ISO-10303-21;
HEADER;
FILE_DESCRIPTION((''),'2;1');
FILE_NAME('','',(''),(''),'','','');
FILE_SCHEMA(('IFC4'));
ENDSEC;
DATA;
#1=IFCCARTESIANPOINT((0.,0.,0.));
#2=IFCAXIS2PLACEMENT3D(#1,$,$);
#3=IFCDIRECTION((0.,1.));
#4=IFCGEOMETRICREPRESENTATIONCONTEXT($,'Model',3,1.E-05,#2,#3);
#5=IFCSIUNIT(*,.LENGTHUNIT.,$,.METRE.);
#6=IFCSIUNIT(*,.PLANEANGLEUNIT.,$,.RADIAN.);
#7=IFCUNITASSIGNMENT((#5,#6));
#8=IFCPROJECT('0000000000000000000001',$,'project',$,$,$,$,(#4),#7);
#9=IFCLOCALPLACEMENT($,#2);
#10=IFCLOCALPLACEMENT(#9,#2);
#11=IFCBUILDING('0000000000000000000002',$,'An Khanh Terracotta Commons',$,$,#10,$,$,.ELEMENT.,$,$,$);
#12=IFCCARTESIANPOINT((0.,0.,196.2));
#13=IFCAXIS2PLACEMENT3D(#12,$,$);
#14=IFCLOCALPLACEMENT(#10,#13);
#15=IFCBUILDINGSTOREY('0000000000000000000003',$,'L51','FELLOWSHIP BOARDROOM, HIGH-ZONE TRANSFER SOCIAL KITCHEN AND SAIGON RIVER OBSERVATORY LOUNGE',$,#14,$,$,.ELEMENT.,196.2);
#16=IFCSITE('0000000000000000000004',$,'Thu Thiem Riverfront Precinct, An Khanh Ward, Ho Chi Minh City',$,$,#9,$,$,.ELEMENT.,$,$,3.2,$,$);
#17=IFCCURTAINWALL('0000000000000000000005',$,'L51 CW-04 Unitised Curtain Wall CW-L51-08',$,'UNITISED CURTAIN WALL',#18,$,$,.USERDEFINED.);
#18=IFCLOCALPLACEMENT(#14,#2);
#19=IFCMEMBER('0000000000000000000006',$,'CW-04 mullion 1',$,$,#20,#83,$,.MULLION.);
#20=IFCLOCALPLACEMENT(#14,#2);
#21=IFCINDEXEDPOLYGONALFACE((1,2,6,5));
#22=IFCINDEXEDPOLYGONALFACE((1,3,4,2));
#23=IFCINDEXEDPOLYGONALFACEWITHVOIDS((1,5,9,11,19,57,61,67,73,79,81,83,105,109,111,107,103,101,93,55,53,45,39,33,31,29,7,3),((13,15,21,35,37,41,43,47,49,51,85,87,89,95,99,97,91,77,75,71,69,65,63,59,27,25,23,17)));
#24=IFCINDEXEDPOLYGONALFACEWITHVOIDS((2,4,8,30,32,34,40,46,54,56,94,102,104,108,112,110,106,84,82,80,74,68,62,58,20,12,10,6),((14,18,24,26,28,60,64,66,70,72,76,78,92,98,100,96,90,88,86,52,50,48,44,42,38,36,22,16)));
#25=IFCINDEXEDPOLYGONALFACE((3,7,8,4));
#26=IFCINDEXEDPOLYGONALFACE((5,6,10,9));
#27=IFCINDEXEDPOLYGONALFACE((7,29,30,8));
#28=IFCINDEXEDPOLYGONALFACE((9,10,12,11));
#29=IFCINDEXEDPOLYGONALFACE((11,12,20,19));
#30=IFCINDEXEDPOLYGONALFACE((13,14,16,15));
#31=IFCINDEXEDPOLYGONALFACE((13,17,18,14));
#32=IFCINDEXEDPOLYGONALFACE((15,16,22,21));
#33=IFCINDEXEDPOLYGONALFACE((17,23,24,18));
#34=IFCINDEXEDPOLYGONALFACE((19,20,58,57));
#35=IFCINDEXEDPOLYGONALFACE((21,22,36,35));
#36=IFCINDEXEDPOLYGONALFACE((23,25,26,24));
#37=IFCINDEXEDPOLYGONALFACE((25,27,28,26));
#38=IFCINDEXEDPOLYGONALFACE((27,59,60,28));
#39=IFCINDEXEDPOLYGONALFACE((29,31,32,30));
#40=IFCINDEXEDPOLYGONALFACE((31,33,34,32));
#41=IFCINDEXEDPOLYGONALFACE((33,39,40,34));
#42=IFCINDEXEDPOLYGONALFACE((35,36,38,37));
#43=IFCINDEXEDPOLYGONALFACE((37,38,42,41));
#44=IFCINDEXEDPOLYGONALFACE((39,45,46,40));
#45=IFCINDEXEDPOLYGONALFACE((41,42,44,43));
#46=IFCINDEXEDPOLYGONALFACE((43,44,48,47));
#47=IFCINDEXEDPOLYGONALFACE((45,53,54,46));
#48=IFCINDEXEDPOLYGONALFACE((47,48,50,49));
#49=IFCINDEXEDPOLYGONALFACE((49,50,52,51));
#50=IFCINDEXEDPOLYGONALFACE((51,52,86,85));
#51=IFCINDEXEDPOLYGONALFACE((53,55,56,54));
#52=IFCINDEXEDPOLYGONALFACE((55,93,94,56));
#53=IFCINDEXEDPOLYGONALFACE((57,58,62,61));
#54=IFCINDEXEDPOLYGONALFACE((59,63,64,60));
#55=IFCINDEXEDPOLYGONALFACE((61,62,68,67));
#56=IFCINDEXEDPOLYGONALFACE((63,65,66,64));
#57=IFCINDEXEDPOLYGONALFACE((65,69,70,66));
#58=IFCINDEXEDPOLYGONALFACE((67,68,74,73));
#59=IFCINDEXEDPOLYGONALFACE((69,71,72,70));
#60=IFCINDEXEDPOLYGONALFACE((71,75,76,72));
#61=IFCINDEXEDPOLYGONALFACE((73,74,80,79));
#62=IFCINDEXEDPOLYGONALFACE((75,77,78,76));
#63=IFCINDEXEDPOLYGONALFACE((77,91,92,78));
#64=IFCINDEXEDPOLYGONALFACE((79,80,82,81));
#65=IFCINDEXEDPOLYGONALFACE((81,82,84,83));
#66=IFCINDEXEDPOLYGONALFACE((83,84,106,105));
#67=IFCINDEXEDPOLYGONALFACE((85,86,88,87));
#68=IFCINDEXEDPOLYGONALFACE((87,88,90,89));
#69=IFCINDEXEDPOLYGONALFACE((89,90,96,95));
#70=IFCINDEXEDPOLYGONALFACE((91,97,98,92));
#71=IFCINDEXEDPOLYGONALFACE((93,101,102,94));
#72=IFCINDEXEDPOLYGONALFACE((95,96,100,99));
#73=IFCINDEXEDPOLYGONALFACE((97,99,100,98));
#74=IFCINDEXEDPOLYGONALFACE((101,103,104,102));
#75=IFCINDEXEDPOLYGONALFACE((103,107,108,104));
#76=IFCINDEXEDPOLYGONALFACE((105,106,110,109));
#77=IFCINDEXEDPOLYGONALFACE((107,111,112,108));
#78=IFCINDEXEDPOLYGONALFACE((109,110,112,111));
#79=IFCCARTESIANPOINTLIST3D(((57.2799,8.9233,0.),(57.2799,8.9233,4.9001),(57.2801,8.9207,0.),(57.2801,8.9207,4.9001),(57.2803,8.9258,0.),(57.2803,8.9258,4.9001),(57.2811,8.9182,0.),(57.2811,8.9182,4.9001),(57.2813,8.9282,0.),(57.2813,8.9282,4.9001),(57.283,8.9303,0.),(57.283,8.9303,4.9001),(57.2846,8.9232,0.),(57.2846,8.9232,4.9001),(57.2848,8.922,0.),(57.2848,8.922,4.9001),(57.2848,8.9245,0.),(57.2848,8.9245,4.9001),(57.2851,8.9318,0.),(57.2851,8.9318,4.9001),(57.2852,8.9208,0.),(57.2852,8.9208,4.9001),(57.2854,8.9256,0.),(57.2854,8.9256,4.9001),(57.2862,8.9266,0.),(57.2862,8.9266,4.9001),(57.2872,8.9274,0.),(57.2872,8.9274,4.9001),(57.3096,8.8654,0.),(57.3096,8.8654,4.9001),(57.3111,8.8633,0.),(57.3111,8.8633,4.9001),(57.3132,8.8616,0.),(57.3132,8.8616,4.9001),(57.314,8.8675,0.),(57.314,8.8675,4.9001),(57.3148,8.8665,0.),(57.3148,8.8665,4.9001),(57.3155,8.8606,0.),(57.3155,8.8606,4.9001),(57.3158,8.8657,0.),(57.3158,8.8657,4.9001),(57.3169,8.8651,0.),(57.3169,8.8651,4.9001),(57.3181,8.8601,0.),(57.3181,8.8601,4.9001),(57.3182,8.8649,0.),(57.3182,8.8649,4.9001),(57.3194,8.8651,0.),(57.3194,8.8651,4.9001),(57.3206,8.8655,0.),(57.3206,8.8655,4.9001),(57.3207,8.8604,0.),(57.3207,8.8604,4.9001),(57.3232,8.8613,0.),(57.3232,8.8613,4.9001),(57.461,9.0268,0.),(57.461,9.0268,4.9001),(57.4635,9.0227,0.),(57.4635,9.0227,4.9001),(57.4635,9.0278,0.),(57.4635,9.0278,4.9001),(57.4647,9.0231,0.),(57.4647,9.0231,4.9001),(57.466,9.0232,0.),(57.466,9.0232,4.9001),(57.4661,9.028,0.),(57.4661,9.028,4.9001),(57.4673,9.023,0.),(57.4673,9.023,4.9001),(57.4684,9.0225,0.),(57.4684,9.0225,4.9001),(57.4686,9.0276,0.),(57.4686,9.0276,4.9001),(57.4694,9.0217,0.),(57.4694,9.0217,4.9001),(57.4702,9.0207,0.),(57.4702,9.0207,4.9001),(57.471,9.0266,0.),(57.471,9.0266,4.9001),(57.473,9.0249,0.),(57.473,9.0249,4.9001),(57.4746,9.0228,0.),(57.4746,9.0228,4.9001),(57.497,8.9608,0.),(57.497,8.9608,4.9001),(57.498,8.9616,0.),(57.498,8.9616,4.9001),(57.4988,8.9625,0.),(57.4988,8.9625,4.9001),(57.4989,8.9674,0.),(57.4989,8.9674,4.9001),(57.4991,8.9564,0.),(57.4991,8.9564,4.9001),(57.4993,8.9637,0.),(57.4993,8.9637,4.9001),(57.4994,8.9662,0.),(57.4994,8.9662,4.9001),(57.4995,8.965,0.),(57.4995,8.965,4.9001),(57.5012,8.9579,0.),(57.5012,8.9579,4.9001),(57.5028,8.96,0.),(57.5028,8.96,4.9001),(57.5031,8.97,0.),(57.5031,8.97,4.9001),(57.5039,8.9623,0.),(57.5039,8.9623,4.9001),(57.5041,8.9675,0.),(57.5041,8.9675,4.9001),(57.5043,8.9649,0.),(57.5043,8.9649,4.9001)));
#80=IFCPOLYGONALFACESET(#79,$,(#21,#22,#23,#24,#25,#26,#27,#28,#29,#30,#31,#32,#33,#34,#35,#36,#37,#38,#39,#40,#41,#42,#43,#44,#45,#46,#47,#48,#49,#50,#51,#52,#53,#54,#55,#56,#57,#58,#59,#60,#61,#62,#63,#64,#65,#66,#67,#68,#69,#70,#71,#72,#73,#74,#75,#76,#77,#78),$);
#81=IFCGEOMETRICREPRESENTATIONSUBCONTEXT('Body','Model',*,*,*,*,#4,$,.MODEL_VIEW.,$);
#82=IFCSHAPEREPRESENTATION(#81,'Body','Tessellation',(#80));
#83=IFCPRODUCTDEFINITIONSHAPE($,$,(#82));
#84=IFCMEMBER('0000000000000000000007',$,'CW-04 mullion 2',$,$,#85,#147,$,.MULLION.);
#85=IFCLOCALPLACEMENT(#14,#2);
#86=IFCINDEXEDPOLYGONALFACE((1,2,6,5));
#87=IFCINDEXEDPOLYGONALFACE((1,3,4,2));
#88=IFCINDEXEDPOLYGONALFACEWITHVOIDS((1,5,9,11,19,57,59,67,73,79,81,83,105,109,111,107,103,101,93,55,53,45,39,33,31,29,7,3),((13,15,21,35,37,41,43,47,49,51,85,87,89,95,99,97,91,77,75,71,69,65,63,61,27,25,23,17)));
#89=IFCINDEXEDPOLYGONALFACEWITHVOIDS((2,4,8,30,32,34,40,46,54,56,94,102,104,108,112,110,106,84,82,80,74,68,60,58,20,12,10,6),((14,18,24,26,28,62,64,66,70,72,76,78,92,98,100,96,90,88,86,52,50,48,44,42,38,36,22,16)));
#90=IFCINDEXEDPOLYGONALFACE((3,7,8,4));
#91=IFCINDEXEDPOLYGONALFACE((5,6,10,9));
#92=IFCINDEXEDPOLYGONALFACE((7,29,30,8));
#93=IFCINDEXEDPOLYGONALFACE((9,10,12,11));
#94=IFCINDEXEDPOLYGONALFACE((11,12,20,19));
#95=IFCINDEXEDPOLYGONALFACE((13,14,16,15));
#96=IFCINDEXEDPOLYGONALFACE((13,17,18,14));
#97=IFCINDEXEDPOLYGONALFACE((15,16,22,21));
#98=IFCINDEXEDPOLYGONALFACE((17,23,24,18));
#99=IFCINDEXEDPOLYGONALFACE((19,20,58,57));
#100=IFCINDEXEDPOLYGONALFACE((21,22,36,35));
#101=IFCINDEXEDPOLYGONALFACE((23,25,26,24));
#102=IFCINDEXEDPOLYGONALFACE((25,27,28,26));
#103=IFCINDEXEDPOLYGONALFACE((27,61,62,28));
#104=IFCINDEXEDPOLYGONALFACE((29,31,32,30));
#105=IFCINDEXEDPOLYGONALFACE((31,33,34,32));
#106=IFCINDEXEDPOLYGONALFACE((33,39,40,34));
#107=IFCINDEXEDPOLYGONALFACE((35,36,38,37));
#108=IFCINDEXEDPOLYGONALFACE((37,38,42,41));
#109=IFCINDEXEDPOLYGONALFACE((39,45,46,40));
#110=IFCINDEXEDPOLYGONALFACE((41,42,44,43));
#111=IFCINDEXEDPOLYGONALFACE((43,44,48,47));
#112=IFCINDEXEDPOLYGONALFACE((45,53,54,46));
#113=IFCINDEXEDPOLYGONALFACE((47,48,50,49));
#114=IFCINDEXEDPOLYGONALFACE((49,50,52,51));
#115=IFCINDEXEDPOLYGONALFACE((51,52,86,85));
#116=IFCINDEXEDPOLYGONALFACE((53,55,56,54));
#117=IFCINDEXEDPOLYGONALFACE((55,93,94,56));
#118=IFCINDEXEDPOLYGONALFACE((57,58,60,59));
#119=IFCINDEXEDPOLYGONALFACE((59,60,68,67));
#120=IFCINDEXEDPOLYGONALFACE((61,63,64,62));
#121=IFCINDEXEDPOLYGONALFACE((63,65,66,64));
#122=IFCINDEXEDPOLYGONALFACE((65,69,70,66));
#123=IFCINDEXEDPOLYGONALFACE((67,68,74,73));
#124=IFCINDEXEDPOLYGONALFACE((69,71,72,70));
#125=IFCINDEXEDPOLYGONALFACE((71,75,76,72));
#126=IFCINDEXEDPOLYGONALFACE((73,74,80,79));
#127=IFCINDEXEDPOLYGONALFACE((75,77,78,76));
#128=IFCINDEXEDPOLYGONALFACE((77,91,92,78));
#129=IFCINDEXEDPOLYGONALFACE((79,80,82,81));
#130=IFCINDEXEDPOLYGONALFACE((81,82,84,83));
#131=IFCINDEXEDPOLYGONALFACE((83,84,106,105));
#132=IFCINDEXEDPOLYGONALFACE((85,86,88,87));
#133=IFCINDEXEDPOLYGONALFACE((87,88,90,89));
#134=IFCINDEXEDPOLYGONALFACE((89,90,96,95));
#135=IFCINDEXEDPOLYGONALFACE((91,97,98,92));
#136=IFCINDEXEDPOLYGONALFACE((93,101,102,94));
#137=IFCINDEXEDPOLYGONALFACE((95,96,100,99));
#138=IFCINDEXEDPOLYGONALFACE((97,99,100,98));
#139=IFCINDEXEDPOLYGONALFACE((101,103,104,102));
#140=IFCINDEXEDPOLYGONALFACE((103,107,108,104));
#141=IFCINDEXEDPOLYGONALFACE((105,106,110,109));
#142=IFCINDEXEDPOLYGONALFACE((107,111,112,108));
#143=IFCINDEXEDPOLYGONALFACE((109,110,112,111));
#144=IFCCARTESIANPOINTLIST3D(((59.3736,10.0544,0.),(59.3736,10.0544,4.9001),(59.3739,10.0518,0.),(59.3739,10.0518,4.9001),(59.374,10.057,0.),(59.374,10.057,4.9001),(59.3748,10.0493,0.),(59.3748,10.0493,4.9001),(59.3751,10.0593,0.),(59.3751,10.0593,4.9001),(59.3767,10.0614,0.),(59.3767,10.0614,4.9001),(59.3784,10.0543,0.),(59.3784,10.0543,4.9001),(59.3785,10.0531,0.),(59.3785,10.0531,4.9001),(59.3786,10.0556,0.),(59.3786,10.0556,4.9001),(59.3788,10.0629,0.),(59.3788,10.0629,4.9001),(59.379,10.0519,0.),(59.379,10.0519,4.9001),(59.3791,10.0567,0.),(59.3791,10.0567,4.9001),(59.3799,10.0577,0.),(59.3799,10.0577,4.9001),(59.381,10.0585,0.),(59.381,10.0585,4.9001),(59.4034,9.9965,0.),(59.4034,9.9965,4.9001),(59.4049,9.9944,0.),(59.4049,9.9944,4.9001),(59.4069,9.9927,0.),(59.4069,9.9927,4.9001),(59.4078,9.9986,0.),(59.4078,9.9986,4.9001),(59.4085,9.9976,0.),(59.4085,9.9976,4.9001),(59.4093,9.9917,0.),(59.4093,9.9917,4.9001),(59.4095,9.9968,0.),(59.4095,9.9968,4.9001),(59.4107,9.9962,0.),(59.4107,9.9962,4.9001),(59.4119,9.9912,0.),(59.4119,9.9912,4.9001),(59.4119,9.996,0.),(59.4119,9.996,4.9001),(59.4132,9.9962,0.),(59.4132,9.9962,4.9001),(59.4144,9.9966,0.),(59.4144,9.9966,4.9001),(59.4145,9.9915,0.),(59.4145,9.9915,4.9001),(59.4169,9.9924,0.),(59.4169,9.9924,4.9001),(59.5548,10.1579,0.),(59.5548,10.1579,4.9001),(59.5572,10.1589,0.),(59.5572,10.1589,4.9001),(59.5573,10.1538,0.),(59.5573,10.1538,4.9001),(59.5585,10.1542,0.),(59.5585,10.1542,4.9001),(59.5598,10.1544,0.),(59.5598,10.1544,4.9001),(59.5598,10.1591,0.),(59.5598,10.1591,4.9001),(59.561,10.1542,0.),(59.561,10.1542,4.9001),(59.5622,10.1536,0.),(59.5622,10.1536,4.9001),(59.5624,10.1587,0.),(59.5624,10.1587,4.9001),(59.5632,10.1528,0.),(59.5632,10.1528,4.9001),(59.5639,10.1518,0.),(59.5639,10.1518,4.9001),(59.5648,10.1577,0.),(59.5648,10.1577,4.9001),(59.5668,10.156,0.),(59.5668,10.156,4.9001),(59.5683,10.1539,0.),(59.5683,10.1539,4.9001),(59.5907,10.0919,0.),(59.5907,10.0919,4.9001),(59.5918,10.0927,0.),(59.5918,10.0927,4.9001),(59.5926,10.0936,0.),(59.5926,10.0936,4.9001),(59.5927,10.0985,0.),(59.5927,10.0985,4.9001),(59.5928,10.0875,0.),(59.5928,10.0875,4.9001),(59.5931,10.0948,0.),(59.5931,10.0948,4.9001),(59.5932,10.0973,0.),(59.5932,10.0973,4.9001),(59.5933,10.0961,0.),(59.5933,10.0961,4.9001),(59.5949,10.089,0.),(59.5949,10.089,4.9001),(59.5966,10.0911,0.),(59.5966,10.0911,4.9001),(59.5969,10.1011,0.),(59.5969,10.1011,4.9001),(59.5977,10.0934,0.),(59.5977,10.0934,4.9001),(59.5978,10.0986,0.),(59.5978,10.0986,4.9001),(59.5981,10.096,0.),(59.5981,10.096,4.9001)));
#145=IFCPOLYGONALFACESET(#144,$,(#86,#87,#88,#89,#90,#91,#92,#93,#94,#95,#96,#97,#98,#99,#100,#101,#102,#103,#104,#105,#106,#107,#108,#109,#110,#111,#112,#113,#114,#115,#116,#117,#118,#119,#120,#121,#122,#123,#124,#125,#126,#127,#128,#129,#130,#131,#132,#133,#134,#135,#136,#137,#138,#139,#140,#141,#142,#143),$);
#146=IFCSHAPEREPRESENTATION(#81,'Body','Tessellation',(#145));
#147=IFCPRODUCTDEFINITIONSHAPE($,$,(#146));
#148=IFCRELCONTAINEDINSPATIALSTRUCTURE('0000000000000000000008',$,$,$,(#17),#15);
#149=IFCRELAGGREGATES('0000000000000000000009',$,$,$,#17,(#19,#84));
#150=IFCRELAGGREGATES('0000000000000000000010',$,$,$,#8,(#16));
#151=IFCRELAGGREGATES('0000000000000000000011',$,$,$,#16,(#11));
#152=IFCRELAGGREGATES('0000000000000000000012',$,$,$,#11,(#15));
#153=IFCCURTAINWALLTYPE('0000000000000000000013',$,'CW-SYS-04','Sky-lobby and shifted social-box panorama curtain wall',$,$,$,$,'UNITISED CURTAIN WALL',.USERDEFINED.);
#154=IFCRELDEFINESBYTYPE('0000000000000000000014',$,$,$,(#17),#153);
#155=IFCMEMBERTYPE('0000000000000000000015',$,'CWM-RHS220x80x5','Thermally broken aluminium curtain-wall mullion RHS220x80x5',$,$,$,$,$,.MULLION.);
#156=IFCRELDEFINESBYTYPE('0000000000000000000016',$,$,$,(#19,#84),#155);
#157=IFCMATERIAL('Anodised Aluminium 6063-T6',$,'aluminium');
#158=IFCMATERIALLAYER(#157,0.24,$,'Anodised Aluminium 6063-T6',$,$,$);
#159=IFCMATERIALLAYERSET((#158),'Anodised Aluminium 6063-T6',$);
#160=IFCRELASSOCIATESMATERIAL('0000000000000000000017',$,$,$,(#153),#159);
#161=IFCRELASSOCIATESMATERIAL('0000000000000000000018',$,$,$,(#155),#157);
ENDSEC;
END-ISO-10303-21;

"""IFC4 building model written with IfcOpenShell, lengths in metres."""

from ifc_helpers import new_model, si_unit, direction, frame, origin, origin_2d, place, context, subcontext, project, spatial, hollow_rectangle, extrude, material, layer, layer_set, material_profile, profile_set, type_object, element, aggregate, save


model = new_model("IFC4")

# Units and contexts
model_context = context("Model", 3, precision=1e-05, world=origin(), true_north=direction((0.0, 1.0)))
body_context = subcontext(model_context, "Body", "Model", "MODEL_VIEW")
ifc_project = project(units=[si_unit("LENGTHUNIT", "METRE"), si_unit("PLANEANGLEUNIT", "RADIAN")], contexts=[model_context])

# Site, building, storey
site_placement = place(None, origin())
site = spatial("IfcSite", under=ifc_project, at=site_placement, Name="Thu Thiem Riverfront Precinct, An Khanh Ward, Ho Chi Minh City", CompositionType="ELEMENT", RefElevation=3.2)
building_placement = place(site_placement, origin())
building = spatial("IfcBuilding", under=site, at=building_placement, Name="An Khanh Terracotta Commons", CompositionType="ELEMENT")
storey_placement = place(building_placement, frame((0.0, 0.0, 196.2)))
storey = spatial("IfcBuildingStorey", under=building, at=storey_placement, Name="L51", Description="FELLOWSHIP BOARDROOM, HIGH-ZONE TRANSFER SOCIAL KITCHEN AND SAIGON RIVER OBSERVATORY LOUNGE", CompositionType="ELEMENT", Elevation=196.2)

# Curtain wall, members
ifc_material_1 = material(Name="Anodised Aluminium 6063-T6", Category="aluminium")
ifc_layer_1 = layer(ifc_material_1, 0.24, Name="Anodised Aluminium 6063-T6")
ifc_layer_set_1 = layer_set([ifc_layer_1], Name="Anodised Aluminium 6063-T6")
curtain_wall_type = type_object("IfcCurtainWallType", Name="CW-SYS-04", Description="Sky-lobby and shifted social-box panorama curtain wall", ElementType="UNITISED CURTAIN WALL", PredefinedType="USERDEFINED", material=ifc_layer_set_1)
curtain_wall_placement = place(storey_placement, origin())
curtain_wall = element("IfcCurtainWall", 1, at=curtain_wall_placement, inside=storey, type_object=curtain_wall_type, Name="L51 CW-04 Unitised Curtain Wall CW-L51-08", ObjectType="UNITISED CURTAIN WALL", PredefinedType="USERDEFINED")
ifc_material_profile_1 = material_profile(ifc_material_1, hollow_rectangle(XDim=0.0801, YDim=0.22, WallThickness=0.0049, InnerFilletRadius=0.0049, OuterFilletRadius=0.01, at=origin_2d()), Name="RHS220x80x5")
ifc_profile_set_1 = profile_set([ifc_material_profile_1], Name="Anodised Aluminium 6063-T6")
member_type_1 = type_object("IfcMemberType", Name="CWM-RHS220x80x5", Description="Thermally broken aluminium curtain-wall mullion RHS220x80x5", PredefinedType="MULLION", material=ifc_profile_set_1)
member_1_placement = place(storey_placement, frame((57.3921, 8.9441, 0.0), z_axis=(0.0, 0.0, 1.0), x_axis=(-0.475381, 0.87978, 0.0)))
member_1 = element("IfcMember", 2, at=member_1_placement, type_object=member_type_1, Name="CW-04 mullion 1", PredefinedType="MULLION", context=body_context, shape_type="SweptSolid", body=[
    extrude(hollow_rectangle(XDim=0.0801, YDim=0.22, WallThickness=0.0049, InnerFilletRadius=0.0049, OuterFilletRadius=0.01, at=origin_2d()), origin(), (0.0, 0.0, 1.0), 4.9001),
])
member_2_placement = place(storey_placement, frame((59.4858, 10.0752, 0.0), z_axis=(0.0, 0.0, 1.0), x_axis=(-0.475381, 0.87978, 0.0)))
member_2 = element("IfcMember", 3, at=member_2_placement, type_object=member_type_1, Name="CW-04 mullion 2", PredefinedType="MULLION", context=body_context, shape_type="SweptSolid", body=[
    extrude(hollow_rectangle(XDim=0.0801, YDim=0.22, WallThickness=0.0049, InnerFilletRadius=0.0049, OuterFilletRadius=0.01, at=origin_2d()), origin(), (0.0, 0.0, 1.0), 4.9001),
])
aggregate(curtain_wall, [member_1, member_2])

save(model, "model.ifc")
